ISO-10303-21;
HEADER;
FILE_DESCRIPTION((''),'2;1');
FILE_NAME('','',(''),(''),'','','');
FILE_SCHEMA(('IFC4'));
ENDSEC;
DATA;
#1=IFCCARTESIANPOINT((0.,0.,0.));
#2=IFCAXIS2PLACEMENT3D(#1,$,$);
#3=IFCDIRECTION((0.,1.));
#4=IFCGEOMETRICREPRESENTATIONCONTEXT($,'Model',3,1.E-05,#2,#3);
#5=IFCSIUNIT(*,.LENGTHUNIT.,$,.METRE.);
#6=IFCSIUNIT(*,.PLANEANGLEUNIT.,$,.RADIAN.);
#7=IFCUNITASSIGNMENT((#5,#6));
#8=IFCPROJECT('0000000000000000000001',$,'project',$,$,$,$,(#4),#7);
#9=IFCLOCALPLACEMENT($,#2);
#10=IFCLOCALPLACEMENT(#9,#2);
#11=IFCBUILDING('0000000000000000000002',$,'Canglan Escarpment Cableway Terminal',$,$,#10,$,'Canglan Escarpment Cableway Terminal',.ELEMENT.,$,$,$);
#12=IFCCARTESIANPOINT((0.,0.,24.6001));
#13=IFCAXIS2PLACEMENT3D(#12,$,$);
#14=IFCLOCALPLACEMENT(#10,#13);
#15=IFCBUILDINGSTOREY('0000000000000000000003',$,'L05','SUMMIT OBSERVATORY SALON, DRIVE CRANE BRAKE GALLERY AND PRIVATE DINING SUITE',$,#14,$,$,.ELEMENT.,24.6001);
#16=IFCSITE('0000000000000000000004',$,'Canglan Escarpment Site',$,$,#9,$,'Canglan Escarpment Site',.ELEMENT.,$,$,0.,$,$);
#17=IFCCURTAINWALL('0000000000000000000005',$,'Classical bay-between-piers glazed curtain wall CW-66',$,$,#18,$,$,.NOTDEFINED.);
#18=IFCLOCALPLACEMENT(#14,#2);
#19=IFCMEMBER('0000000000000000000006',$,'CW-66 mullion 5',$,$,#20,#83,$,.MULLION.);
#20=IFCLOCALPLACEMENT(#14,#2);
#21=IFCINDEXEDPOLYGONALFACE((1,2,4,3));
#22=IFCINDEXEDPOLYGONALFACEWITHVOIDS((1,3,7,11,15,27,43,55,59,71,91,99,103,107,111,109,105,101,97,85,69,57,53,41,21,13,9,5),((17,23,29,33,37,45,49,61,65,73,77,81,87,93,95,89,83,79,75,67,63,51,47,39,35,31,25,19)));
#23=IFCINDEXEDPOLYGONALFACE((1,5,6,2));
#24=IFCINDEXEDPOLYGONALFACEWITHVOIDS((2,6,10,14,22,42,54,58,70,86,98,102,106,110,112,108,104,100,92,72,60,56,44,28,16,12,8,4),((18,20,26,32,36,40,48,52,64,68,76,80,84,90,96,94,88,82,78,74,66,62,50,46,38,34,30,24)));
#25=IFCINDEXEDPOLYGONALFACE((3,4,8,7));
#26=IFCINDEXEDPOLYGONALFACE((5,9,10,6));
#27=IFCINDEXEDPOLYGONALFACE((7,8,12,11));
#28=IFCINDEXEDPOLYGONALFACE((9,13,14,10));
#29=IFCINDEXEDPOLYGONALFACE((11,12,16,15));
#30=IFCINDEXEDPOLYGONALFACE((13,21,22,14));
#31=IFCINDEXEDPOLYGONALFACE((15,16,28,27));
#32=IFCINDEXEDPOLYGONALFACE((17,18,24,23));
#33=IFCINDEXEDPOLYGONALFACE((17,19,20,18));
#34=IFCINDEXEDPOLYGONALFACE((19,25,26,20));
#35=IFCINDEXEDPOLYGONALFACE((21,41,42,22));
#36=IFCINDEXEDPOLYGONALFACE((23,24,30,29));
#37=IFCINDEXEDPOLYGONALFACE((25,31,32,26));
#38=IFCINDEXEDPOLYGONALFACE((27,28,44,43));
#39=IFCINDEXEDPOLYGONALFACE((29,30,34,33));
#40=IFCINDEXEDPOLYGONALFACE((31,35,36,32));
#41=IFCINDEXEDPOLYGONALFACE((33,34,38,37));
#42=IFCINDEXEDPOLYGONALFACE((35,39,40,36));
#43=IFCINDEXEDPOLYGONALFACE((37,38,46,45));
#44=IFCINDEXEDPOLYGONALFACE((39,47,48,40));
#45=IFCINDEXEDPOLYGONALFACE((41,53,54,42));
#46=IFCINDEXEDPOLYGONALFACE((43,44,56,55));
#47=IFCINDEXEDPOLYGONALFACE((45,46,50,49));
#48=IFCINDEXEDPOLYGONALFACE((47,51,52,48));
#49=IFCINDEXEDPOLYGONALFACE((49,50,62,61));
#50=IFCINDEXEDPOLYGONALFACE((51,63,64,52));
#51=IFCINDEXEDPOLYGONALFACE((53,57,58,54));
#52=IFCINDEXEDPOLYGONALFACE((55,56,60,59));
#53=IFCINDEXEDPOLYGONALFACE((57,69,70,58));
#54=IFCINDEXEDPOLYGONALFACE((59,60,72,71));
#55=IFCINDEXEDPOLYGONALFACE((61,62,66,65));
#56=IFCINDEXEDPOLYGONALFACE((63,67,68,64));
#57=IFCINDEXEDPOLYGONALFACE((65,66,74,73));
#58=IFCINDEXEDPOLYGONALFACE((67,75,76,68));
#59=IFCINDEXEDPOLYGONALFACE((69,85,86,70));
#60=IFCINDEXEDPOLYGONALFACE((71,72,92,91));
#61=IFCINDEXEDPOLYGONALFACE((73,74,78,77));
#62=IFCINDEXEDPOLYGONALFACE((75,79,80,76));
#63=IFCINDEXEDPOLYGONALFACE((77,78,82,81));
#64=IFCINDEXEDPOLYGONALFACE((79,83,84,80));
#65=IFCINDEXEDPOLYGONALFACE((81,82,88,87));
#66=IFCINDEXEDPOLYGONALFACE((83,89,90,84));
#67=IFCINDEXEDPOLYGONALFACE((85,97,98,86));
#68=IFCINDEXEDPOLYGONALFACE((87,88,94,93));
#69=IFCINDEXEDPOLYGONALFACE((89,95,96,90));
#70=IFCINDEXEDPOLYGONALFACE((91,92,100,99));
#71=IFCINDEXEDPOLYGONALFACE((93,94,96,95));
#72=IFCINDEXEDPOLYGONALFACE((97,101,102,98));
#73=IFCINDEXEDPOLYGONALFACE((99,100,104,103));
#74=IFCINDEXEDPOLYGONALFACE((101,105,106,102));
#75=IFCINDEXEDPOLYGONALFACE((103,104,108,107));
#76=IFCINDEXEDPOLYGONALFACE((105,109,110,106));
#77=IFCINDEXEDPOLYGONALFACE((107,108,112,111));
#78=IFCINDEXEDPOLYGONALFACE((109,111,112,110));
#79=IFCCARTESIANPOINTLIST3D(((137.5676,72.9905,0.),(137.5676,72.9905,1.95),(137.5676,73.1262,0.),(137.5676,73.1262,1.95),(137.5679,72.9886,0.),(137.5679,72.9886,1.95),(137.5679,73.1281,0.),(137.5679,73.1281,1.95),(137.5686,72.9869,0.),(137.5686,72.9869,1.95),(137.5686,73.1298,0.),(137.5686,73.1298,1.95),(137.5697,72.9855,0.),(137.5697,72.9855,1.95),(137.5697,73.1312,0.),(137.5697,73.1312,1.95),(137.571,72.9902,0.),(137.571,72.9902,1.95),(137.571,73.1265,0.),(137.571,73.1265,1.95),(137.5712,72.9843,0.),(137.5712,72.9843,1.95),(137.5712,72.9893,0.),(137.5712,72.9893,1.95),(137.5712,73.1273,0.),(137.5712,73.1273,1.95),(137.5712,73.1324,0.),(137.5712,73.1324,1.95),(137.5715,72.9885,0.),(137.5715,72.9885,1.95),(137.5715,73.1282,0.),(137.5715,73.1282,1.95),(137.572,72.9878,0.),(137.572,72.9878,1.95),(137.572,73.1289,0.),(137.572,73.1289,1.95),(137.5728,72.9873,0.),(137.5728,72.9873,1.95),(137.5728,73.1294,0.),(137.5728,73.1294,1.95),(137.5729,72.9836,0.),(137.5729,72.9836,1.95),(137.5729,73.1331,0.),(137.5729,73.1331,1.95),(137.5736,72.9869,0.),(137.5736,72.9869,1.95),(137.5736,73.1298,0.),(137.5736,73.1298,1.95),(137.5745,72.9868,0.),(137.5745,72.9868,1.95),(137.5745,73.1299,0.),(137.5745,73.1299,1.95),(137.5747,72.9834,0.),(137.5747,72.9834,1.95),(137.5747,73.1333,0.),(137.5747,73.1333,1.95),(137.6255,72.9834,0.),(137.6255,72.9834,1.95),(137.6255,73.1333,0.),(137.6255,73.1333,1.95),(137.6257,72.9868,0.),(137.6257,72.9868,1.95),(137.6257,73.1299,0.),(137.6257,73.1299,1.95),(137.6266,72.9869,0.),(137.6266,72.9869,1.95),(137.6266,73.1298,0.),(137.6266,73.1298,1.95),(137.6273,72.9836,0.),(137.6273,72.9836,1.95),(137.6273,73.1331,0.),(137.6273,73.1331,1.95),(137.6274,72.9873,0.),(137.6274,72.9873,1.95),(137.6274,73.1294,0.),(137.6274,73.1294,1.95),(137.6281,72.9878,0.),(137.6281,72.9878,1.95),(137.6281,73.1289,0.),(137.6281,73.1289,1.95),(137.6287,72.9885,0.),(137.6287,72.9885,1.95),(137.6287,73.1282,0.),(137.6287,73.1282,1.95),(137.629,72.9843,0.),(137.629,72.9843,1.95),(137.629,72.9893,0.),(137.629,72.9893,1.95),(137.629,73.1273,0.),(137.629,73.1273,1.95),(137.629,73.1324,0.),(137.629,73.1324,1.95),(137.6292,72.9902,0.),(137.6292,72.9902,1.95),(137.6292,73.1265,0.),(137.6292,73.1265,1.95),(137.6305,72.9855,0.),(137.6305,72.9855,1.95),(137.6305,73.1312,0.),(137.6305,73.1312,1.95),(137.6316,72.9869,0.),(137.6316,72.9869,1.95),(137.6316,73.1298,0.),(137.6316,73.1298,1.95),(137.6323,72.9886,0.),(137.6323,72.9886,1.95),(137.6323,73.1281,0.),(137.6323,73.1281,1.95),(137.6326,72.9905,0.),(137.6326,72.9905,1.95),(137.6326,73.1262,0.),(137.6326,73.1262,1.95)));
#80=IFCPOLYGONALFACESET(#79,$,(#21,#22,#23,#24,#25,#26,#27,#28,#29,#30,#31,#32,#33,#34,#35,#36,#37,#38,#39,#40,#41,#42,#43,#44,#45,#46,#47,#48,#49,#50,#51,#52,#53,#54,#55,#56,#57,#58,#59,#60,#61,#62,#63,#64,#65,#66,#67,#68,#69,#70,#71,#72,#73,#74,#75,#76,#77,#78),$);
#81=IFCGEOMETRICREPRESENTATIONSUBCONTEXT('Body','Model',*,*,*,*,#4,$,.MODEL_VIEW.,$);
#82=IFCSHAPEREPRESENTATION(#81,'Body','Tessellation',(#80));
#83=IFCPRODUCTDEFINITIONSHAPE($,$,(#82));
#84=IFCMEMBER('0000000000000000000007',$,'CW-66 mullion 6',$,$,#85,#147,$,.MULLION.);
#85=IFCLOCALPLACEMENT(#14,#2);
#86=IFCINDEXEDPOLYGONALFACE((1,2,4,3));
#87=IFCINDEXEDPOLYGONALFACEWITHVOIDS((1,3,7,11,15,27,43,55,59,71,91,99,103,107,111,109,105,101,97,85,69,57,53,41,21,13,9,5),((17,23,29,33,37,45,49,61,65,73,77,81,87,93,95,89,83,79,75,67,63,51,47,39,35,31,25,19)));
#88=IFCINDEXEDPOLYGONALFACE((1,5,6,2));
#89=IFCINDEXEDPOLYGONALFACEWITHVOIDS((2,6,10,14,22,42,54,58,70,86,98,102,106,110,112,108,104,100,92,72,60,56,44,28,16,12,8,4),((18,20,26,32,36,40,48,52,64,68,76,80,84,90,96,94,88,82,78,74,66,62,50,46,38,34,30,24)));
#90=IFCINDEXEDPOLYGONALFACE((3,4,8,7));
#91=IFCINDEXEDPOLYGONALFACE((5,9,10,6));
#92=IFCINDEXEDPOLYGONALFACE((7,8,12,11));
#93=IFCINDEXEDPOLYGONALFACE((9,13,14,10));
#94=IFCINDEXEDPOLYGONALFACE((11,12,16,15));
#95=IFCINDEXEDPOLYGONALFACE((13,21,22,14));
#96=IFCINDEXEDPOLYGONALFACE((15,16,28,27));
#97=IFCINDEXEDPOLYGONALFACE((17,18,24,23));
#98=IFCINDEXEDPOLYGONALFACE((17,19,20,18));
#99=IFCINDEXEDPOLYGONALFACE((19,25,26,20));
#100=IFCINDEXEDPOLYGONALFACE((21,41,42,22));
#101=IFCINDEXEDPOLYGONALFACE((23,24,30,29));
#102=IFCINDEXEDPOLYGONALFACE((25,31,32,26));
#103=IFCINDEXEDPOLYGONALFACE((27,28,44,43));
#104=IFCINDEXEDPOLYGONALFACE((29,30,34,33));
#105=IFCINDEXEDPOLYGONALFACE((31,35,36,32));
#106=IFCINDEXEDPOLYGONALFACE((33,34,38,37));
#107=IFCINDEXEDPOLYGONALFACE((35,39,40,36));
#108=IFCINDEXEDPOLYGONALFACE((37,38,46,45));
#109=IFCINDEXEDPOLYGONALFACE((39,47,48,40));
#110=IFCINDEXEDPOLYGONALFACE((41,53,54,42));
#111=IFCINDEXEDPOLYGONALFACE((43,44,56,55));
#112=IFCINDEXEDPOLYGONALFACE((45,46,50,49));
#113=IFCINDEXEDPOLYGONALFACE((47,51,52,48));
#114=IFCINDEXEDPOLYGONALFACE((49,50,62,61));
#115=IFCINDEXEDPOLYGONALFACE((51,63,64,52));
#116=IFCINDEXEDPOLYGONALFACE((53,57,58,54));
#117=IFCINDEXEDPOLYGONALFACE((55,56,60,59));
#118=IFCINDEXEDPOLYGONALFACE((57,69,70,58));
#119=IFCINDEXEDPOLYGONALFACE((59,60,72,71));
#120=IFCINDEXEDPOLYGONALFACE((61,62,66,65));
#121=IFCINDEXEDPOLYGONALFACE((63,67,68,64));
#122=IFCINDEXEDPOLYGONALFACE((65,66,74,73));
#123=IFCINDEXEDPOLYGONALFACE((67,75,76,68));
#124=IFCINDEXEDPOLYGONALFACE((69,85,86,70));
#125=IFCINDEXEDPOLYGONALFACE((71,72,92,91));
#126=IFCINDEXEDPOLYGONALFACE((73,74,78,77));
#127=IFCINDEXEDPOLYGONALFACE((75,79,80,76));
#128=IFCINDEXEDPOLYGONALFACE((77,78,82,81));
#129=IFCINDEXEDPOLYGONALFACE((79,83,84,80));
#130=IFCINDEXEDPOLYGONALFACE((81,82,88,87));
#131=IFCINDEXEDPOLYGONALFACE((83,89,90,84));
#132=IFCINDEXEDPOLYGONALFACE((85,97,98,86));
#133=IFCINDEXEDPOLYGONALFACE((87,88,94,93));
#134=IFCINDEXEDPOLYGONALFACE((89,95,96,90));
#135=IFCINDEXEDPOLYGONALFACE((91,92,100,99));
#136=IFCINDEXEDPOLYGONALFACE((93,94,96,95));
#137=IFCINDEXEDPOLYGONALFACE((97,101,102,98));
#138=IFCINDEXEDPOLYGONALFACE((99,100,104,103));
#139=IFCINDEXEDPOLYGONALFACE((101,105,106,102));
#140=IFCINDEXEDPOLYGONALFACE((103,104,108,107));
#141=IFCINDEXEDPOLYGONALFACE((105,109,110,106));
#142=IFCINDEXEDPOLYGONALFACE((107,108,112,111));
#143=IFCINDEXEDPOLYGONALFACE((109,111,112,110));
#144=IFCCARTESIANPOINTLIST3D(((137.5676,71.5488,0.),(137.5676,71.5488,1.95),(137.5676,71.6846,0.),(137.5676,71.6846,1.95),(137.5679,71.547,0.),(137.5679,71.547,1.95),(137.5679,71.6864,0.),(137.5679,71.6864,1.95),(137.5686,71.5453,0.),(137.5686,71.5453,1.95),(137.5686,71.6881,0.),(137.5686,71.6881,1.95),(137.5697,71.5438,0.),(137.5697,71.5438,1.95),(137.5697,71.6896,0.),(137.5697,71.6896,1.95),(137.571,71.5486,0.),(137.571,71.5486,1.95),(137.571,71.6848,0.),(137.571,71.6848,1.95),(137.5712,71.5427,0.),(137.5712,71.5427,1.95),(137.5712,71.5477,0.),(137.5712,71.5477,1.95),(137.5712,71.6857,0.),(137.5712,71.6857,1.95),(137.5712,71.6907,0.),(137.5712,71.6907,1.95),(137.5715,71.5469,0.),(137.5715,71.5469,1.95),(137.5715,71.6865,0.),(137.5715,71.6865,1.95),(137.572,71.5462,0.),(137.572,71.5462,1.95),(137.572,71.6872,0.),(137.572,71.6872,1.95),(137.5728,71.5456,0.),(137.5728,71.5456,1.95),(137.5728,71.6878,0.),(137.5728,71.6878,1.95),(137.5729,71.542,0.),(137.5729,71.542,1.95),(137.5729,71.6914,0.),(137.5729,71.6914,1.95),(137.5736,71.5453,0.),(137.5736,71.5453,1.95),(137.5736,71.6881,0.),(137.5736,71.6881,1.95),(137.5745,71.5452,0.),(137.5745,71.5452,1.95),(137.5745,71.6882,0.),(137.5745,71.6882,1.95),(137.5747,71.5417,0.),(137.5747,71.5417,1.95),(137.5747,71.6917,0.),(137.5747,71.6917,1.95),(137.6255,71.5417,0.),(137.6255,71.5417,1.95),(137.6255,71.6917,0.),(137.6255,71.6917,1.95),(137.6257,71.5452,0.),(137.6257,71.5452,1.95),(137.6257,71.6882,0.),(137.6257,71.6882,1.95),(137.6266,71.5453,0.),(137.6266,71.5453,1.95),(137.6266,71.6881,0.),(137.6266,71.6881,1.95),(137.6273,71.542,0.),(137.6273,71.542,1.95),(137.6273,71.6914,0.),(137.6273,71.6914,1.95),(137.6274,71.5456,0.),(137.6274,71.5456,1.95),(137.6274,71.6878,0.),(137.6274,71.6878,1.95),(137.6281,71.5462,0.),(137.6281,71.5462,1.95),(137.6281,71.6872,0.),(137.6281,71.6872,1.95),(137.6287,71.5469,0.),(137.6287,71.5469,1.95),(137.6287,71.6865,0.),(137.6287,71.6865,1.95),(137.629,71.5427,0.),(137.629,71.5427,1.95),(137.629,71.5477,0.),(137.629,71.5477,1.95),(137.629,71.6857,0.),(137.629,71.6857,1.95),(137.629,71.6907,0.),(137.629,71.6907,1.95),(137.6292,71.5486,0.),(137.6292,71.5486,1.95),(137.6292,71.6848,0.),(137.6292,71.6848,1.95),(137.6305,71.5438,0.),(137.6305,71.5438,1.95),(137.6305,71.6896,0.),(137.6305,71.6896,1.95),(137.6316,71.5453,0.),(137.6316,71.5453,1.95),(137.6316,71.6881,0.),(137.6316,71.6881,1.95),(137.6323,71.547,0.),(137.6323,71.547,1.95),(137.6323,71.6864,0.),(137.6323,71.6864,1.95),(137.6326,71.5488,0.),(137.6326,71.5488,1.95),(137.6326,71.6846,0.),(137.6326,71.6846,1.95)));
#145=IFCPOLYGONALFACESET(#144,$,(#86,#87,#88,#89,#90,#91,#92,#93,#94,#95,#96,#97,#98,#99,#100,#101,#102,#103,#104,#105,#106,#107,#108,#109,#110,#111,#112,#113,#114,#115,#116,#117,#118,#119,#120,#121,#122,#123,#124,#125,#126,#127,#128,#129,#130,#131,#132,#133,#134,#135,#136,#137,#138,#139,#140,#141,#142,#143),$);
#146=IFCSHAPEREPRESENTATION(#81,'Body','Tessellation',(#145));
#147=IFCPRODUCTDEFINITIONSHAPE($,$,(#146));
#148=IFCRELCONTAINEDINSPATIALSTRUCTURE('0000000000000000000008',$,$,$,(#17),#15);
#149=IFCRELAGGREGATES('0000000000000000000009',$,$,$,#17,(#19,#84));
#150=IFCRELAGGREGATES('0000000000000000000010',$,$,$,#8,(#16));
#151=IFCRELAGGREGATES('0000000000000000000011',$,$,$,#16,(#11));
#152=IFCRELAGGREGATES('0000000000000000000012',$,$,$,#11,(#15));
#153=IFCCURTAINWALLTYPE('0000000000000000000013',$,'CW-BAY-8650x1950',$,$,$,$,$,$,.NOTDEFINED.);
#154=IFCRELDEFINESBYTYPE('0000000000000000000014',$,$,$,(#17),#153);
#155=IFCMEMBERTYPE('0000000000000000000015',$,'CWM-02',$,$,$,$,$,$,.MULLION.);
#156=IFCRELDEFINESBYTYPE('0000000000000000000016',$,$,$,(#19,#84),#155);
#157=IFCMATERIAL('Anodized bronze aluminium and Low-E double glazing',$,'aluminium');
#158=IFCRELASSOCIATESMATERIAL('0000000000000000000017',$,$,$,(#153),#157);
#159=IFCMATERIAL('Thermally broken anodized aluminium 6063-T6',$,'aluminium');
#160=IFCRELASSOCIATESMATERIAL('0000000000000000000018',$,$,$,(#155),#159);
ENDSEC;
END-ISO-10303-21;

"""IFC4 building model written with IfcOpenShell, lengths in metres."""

from ifc_helpers import new_model, si_unit, direction, frame, origin, origin_2d, place, context, subcontext, project, spatial, hollow_rectangle, extrude, material, material_profile, profile_set, type_object, element, aggregate, save


model = new_model("IFC4")

# Units and contexts
model_context = context("Model", 3, precision=1e-05, world=origin(), true_north=direction((0.0, 1.0)))
body_context = subcontext(model_context, "Body", "Model", "MODEL_VIEW")
ifc_project = project(units=[si_unit("LENGTHUNIT", "METRE"), si_unit("PLANEANGLEUNIT", "RADIAN")], contexts=[model_context])

# Site, building, storey
site_placement = place(None, origin())
site = spatial("IfcSite", under=ifc_project, at=site_placement, Name="Canglan Escarpment Site", LongName="Canglan Escarpment Site", CompositionType="ELEMENT", RefElevation=0.0)
building_placement = place(site_placement, origin())
building = spatial("IfcBuilding", under=site, at=building_placement, Name="Canglan Escarpment Cableway Terminal", LongName="Canglan Escarpment Cableway Terminal", CompositionType="ELEMENT")
storey_placement = place(building_placement, frame((0.0, 0.0, 24.6001)))
storey = spatial("IfcBuildingStorey", under=building, at=storey_placement, Name="L05", Description="SUMMIT OBSERVATORY SALON, DRIVE CRANE BRAKE GALLERY AND PRIVATE DINING SUITE", CompositionType="ELEMENT", Elevation=24.6001)

# Shared definitions
ifc_material_1 = material(Name="Anodized bronze aluminium and Low-E double glazing", Category="aluminium")
curtain_wall_type = type_object("IfcCurtainWallType", Name="CW-BAY-8650x1950", PredefinedType="NOTDEFINED", material=ifc_material_1)
ifc_material_2 = material(Name="Thermally broken anodized aluminium 6063-T6", Category="aluminium")

# Curtain wall, members
curtain_wall_1_placement = place(storey_placement, origin())
curtain_wall_1 = element("IfcCurtainWall", 1, at=curtain_wall_1_placement, inside=storey, type_object=curtain_wall_type, Name="Classical bay-between-piers glazed curtain wall CW-66", PredefinedType="NOTDEFINED")
ifc_material_profile_1 = material_profile(ifc_material_2, hollow_rectangle(XDim=0.0649, YDim=0.1499, WallThickness=0.0034, InnerFilletRadius=0.0034, OuterFilletRadius=0.0071, at=origin_2d()), Name="ALU-MULL 65x150x3.5")
ifc_profile_set_1 = profile_set([ifc_material_profile_1], Name="Thermally broken anodized aluminium 6063-T6")
member_type_1 = type_object("IfcMemberType", Name="CWM-02", PredefinedType="MULLION", material=ifc_profile_set_1)
member_1_placement = place(storey_placement, frame((137.6001, 73.0583, 0.0), z_axis=(0.0, 0.0, 1.0), x_axis=(1.0, 0.0, 0.0)))
member_1 = element("IfcMember", 2, at=member_1_placement, type_object=member_type_1, Name="CW-66 mullion 5", PredefinedType="MULLION", context=body_context, shape_type="SweptSolid", body=[
    extrude(hollow_rectangle(XDim=0.0649, YDim=0.1499, WallThickness=0.0034, InnerFilletRadius=0.0034, OuterFilletRadius=0.0071, at=origin_2d()), origin(), (0.0, 0.0, 1.0), 1.95),
])
member_2_placement = place(storey_placement, frame((137.6001, 71.6167, 0.0), z_axis=(0.0, 0.0, 1.0), x_axis=(1.0, 0.0, 0.0)))
member_2 = element("IfcMember", 3, at=member_2_placement, type_object=member_type_1, Name="CW-66 mullion 6", PredefinedType="MULLION", context=body_context, shape_type="SweptSolid", body=[
    extrude(hollow_rectangle(XDim=0.0649, YDim=0.1499, WallThickness=0.0034, InnerFilletRadius=0.0034, OuterFilletRadius=0.0071, at=origin_2d()), origin(), (0.0, 0.0, 1.0), 1.95),
])

aggregate(curtain_wall_1, [member_1, member_2])

save(model, "model.ifc")
